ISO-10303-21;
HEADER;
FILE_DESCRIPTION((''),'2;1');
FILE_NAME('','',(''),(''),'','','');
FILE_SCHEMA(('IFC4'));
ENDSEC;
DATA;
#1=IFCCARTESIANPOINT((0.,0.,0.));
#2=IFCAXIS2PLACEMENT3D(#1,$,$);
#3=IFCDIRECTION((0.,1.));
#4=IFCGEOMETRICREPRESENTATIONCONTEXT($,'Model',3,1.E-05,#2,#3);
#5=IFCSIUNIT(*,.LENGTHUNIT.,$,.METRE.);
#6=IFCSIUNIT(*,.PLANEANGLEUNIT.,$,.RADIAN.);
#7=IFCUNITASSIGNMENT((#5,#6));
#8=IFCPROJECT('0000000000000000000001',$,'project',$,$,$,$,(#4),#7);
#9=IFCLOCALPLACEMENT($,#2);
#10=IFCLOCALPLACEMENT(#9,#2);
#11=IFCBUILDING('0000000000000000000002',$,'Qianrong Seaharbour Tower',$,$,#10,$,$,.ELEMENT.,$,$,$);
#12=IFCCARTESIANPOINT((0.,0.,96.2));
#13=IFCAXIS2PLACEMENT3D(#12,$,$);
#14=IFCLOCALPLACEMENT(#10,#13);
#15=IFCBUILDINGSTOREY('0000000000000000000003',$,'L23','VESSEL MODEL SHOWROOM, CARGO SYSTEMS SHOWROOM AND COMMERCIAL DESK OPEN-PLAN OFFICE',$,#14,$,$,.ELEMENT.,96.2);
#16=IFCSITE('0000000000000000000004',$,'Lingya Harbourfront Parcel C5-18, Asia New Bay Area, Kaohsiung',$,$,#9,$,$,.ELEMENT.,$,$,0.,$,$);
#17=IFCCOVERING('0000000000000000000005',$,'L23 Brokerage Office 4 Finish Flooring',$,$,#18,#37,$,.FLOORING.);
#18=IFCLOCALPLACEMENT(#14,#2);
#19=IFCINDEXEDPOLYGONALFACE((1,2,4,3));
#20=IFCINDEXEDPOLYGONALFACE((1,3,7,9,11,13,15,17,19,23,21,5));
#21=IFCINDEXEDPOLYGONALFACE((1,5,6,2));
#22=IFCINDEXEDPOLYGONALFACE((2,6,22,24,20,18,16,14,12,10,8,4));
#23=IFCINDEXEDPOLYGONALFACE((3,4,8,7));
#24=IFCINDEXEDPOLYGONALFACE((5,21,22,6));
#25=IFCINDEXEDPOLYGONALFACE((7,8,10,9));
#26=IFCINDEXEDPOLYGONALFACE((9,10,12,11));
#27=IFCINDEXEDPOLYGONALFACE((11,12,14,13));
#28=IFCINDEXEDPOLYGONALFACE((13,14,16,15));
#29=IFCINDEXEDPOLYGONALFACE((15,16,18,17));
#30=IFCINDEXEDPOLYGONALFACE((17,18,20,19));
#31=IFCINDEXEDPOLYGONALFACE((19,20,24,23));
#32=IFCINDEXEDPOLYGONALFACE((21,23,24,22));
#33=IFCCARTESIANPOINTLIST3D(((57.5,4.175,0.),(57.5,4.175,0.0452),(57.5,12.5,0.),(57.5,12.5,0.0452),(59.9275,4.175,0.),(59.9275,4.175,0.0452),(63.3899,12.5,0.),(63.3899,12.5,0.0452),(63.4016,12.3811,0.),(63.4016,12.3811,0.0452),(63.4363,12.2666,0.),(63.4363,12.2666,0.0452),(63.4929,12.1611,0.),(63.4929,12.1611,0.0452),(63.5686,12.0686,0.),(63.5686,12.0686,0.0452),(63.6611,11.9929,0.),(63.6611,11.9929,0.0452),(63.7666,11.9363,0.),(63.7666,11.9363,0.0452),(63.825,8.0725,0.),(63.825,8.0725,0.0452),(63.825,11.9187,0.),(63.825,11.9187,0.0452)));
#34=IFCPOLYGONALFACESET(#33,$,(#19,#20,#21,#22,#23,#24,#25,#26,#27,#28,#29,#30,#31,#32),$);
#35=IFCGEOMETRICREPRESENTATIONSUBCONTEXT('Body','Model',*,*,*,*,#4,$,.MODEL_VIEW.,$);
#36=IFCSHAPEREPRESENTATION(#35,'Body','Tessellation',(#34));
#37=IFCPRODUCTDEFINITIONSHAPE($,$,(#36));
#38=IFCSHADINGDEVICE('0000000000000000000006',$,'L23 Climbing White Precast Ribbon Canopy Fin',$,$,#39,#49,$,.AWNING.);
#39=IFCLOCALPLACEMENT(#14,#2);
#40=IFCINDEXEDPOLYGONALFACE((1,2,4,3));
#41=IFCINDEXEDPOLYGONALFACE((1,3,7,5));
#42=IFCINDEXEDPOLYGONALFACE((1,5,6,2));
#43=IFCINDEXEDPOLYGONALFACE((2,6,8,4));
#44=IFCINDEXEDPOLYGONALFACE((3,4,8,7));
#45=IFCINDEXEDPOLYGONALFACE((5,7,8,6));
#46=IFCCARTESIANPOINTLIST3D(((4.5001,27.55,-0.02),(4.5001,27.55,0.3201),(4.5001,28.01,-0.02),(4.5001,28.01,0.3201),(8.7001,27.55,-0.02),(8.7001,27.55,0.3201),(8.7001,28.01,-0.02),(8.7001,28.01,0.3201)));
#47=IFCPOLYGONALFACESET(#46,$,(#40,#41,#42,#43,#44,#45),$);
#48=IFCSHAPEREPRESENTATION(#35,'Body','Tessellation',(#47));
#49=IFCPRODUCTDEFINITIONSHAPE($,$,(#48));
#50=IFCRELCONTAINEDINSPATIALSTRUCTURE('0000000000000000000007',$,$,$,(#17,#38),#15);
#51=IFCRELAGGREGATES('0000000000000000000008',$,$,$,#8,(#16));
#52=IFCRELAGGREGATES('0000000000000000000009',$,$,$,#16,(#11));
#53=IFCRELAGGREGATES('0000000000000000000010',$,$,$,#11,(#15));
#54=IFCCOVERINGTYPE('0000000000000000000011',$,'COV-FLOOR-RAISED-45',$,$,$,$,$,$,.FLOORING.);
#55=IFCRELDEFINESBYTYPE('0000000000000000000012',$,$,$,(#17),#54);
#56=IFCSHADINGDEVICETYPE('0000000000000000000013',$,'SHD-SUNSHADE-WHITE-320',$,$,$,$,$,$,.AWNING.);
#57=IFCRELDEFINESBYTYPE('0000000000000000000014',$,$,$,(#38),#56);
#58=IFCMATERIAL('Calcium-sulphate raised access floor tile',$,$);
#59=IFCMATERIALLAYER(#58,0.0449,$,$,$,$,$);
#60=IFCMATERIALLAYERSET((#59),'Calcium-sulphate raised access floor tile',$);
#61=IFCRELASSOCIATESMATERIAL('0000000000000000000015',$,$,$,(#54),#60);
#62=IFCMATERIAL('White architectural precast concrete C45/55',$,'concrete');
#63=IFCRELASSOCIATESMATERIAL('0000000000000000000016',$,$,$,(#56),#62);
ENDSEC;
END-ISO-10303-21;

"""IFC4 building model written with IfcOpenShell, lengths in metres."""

from ifc_helpers import new_model, si_unit, direction, frame, origin, origin_2d, place, context, subcontext, project, spatial, polyline, rectangle, outline, extrude, material, layer, layer_set, type_object, element, save


model = new_model("IFC4")

# Units and contexts
model_context = context("Model", 3, precision=1e-05, world=origin(), true_north=direction((0.0, 1.0)))
body_context = subcontext(model_context, "Body", "Model", "MODEL_VIEW")
ifc_project = project(units=[si_unit("LENGTHUNIT", "METRE"), si_unit("PLANEANGLEUNIT", "RADIAN")], contexts=[model_context])

# Site, building, storey
site_placement = place(None, origin())
site = spatial("IfcSite", under=ifc_project, at=site_placement, Name="Lingya Harbourfront Parcel C5-18, Asia New Bay Area, Kaohsiung", CompositionType="ELEMENT", RefElevation=0.0)
building_placement = place(site_placement, origin())
building = spatial("IfcBuilding", under=site, at=building_placement, Name="Qianrong Seaharbour Tower", CompositionType="ELEMENT")
storey_placement = place(building_placement, frame((0.0, 0.0, 96.2)))
storey = spatial("IfcBuildingStorey", under=building, at=storey_placement, Name="L23", Description="VESSEL MODEL SHOWROOM, CARGO SYSTEMS SHOWROOM AND COMMERCIAL DESK OPEN-PLAN OFFICE", CompositionType="ELEMENT", Elevation=96.2)

# Covering
ifc_material_1 = material(Name="Calcium-sulphate raised access floor tile")
ifc_layer_1 = layer(ifc_material_1, 0.0449)
ifc_layer_set_1 = layer_set([ifc_layer_1], Name="Calcium-sulphate raised access floor tile")
covering_type_1 = type_object("IfcCoveringType", Name="COV-FLOOR-RAISED-45", PredefinedType="FLOORING", material=ifc_layer_set_1)
covering_1_placement = place(storey_placement, origin())
element("IfcCovering", 1, at=covering_1_placement, inside=storey, type_object=covering_type_1, Name="L23 Brokerage Office 4 Finish Flooring", PredefinedType="FLOORING", context=body_context, shape_type="SweptSolid", body=[
    extrude(outline(polyline([(63.825, 8.0725), (59.9275, 4.175), (57.5, 4.175), (57.5, 12.5), (63.3899, 12.5), (63.4016, 12.3811), (63.4363, 12.2666), (63.4929, 12.1611), (63.5686, 12.0686), (63.6611, 11.9929), (63.7666, 11.9363), (63.825, 11.9187), (63.825, 8.0725)])), origin(), (0.0, 0.0, 1.0), 0.0452),
])

# Shading device
ifc_material_2 = material(Name="White architectural precast concrete C45/55", Category="concrete")
shading_device_type = type_object("IfcShadingDeviceType", Name="SHD-SUNSHADE-WHITE-320", PredefinedType="AWNING", material=ifc_material_2)
shading_device_placement = place(storey_placement, frame((6.6001, 27.78, -0.02), z_axis=(0.0, 0.0, 1.0), x_axis=(1.0, 0.0, 0.0)))
element("IfcShadingDevice", 2, at=shading_device_placement, inside=storey, type_object=shading_device_type, Name="L23 Climbing White Precast Ribbon Canopy Fin", PredefinedType="AWNING", context=body_context, shape_type="SweptSolid", body=[
    extrude(rectangle(XDim=4.2, YDim=0.46, at=origin_2d()), origin(), (0.0, 0.0, 1.0), 0.3401),
])

save(model, "model.ifc")
